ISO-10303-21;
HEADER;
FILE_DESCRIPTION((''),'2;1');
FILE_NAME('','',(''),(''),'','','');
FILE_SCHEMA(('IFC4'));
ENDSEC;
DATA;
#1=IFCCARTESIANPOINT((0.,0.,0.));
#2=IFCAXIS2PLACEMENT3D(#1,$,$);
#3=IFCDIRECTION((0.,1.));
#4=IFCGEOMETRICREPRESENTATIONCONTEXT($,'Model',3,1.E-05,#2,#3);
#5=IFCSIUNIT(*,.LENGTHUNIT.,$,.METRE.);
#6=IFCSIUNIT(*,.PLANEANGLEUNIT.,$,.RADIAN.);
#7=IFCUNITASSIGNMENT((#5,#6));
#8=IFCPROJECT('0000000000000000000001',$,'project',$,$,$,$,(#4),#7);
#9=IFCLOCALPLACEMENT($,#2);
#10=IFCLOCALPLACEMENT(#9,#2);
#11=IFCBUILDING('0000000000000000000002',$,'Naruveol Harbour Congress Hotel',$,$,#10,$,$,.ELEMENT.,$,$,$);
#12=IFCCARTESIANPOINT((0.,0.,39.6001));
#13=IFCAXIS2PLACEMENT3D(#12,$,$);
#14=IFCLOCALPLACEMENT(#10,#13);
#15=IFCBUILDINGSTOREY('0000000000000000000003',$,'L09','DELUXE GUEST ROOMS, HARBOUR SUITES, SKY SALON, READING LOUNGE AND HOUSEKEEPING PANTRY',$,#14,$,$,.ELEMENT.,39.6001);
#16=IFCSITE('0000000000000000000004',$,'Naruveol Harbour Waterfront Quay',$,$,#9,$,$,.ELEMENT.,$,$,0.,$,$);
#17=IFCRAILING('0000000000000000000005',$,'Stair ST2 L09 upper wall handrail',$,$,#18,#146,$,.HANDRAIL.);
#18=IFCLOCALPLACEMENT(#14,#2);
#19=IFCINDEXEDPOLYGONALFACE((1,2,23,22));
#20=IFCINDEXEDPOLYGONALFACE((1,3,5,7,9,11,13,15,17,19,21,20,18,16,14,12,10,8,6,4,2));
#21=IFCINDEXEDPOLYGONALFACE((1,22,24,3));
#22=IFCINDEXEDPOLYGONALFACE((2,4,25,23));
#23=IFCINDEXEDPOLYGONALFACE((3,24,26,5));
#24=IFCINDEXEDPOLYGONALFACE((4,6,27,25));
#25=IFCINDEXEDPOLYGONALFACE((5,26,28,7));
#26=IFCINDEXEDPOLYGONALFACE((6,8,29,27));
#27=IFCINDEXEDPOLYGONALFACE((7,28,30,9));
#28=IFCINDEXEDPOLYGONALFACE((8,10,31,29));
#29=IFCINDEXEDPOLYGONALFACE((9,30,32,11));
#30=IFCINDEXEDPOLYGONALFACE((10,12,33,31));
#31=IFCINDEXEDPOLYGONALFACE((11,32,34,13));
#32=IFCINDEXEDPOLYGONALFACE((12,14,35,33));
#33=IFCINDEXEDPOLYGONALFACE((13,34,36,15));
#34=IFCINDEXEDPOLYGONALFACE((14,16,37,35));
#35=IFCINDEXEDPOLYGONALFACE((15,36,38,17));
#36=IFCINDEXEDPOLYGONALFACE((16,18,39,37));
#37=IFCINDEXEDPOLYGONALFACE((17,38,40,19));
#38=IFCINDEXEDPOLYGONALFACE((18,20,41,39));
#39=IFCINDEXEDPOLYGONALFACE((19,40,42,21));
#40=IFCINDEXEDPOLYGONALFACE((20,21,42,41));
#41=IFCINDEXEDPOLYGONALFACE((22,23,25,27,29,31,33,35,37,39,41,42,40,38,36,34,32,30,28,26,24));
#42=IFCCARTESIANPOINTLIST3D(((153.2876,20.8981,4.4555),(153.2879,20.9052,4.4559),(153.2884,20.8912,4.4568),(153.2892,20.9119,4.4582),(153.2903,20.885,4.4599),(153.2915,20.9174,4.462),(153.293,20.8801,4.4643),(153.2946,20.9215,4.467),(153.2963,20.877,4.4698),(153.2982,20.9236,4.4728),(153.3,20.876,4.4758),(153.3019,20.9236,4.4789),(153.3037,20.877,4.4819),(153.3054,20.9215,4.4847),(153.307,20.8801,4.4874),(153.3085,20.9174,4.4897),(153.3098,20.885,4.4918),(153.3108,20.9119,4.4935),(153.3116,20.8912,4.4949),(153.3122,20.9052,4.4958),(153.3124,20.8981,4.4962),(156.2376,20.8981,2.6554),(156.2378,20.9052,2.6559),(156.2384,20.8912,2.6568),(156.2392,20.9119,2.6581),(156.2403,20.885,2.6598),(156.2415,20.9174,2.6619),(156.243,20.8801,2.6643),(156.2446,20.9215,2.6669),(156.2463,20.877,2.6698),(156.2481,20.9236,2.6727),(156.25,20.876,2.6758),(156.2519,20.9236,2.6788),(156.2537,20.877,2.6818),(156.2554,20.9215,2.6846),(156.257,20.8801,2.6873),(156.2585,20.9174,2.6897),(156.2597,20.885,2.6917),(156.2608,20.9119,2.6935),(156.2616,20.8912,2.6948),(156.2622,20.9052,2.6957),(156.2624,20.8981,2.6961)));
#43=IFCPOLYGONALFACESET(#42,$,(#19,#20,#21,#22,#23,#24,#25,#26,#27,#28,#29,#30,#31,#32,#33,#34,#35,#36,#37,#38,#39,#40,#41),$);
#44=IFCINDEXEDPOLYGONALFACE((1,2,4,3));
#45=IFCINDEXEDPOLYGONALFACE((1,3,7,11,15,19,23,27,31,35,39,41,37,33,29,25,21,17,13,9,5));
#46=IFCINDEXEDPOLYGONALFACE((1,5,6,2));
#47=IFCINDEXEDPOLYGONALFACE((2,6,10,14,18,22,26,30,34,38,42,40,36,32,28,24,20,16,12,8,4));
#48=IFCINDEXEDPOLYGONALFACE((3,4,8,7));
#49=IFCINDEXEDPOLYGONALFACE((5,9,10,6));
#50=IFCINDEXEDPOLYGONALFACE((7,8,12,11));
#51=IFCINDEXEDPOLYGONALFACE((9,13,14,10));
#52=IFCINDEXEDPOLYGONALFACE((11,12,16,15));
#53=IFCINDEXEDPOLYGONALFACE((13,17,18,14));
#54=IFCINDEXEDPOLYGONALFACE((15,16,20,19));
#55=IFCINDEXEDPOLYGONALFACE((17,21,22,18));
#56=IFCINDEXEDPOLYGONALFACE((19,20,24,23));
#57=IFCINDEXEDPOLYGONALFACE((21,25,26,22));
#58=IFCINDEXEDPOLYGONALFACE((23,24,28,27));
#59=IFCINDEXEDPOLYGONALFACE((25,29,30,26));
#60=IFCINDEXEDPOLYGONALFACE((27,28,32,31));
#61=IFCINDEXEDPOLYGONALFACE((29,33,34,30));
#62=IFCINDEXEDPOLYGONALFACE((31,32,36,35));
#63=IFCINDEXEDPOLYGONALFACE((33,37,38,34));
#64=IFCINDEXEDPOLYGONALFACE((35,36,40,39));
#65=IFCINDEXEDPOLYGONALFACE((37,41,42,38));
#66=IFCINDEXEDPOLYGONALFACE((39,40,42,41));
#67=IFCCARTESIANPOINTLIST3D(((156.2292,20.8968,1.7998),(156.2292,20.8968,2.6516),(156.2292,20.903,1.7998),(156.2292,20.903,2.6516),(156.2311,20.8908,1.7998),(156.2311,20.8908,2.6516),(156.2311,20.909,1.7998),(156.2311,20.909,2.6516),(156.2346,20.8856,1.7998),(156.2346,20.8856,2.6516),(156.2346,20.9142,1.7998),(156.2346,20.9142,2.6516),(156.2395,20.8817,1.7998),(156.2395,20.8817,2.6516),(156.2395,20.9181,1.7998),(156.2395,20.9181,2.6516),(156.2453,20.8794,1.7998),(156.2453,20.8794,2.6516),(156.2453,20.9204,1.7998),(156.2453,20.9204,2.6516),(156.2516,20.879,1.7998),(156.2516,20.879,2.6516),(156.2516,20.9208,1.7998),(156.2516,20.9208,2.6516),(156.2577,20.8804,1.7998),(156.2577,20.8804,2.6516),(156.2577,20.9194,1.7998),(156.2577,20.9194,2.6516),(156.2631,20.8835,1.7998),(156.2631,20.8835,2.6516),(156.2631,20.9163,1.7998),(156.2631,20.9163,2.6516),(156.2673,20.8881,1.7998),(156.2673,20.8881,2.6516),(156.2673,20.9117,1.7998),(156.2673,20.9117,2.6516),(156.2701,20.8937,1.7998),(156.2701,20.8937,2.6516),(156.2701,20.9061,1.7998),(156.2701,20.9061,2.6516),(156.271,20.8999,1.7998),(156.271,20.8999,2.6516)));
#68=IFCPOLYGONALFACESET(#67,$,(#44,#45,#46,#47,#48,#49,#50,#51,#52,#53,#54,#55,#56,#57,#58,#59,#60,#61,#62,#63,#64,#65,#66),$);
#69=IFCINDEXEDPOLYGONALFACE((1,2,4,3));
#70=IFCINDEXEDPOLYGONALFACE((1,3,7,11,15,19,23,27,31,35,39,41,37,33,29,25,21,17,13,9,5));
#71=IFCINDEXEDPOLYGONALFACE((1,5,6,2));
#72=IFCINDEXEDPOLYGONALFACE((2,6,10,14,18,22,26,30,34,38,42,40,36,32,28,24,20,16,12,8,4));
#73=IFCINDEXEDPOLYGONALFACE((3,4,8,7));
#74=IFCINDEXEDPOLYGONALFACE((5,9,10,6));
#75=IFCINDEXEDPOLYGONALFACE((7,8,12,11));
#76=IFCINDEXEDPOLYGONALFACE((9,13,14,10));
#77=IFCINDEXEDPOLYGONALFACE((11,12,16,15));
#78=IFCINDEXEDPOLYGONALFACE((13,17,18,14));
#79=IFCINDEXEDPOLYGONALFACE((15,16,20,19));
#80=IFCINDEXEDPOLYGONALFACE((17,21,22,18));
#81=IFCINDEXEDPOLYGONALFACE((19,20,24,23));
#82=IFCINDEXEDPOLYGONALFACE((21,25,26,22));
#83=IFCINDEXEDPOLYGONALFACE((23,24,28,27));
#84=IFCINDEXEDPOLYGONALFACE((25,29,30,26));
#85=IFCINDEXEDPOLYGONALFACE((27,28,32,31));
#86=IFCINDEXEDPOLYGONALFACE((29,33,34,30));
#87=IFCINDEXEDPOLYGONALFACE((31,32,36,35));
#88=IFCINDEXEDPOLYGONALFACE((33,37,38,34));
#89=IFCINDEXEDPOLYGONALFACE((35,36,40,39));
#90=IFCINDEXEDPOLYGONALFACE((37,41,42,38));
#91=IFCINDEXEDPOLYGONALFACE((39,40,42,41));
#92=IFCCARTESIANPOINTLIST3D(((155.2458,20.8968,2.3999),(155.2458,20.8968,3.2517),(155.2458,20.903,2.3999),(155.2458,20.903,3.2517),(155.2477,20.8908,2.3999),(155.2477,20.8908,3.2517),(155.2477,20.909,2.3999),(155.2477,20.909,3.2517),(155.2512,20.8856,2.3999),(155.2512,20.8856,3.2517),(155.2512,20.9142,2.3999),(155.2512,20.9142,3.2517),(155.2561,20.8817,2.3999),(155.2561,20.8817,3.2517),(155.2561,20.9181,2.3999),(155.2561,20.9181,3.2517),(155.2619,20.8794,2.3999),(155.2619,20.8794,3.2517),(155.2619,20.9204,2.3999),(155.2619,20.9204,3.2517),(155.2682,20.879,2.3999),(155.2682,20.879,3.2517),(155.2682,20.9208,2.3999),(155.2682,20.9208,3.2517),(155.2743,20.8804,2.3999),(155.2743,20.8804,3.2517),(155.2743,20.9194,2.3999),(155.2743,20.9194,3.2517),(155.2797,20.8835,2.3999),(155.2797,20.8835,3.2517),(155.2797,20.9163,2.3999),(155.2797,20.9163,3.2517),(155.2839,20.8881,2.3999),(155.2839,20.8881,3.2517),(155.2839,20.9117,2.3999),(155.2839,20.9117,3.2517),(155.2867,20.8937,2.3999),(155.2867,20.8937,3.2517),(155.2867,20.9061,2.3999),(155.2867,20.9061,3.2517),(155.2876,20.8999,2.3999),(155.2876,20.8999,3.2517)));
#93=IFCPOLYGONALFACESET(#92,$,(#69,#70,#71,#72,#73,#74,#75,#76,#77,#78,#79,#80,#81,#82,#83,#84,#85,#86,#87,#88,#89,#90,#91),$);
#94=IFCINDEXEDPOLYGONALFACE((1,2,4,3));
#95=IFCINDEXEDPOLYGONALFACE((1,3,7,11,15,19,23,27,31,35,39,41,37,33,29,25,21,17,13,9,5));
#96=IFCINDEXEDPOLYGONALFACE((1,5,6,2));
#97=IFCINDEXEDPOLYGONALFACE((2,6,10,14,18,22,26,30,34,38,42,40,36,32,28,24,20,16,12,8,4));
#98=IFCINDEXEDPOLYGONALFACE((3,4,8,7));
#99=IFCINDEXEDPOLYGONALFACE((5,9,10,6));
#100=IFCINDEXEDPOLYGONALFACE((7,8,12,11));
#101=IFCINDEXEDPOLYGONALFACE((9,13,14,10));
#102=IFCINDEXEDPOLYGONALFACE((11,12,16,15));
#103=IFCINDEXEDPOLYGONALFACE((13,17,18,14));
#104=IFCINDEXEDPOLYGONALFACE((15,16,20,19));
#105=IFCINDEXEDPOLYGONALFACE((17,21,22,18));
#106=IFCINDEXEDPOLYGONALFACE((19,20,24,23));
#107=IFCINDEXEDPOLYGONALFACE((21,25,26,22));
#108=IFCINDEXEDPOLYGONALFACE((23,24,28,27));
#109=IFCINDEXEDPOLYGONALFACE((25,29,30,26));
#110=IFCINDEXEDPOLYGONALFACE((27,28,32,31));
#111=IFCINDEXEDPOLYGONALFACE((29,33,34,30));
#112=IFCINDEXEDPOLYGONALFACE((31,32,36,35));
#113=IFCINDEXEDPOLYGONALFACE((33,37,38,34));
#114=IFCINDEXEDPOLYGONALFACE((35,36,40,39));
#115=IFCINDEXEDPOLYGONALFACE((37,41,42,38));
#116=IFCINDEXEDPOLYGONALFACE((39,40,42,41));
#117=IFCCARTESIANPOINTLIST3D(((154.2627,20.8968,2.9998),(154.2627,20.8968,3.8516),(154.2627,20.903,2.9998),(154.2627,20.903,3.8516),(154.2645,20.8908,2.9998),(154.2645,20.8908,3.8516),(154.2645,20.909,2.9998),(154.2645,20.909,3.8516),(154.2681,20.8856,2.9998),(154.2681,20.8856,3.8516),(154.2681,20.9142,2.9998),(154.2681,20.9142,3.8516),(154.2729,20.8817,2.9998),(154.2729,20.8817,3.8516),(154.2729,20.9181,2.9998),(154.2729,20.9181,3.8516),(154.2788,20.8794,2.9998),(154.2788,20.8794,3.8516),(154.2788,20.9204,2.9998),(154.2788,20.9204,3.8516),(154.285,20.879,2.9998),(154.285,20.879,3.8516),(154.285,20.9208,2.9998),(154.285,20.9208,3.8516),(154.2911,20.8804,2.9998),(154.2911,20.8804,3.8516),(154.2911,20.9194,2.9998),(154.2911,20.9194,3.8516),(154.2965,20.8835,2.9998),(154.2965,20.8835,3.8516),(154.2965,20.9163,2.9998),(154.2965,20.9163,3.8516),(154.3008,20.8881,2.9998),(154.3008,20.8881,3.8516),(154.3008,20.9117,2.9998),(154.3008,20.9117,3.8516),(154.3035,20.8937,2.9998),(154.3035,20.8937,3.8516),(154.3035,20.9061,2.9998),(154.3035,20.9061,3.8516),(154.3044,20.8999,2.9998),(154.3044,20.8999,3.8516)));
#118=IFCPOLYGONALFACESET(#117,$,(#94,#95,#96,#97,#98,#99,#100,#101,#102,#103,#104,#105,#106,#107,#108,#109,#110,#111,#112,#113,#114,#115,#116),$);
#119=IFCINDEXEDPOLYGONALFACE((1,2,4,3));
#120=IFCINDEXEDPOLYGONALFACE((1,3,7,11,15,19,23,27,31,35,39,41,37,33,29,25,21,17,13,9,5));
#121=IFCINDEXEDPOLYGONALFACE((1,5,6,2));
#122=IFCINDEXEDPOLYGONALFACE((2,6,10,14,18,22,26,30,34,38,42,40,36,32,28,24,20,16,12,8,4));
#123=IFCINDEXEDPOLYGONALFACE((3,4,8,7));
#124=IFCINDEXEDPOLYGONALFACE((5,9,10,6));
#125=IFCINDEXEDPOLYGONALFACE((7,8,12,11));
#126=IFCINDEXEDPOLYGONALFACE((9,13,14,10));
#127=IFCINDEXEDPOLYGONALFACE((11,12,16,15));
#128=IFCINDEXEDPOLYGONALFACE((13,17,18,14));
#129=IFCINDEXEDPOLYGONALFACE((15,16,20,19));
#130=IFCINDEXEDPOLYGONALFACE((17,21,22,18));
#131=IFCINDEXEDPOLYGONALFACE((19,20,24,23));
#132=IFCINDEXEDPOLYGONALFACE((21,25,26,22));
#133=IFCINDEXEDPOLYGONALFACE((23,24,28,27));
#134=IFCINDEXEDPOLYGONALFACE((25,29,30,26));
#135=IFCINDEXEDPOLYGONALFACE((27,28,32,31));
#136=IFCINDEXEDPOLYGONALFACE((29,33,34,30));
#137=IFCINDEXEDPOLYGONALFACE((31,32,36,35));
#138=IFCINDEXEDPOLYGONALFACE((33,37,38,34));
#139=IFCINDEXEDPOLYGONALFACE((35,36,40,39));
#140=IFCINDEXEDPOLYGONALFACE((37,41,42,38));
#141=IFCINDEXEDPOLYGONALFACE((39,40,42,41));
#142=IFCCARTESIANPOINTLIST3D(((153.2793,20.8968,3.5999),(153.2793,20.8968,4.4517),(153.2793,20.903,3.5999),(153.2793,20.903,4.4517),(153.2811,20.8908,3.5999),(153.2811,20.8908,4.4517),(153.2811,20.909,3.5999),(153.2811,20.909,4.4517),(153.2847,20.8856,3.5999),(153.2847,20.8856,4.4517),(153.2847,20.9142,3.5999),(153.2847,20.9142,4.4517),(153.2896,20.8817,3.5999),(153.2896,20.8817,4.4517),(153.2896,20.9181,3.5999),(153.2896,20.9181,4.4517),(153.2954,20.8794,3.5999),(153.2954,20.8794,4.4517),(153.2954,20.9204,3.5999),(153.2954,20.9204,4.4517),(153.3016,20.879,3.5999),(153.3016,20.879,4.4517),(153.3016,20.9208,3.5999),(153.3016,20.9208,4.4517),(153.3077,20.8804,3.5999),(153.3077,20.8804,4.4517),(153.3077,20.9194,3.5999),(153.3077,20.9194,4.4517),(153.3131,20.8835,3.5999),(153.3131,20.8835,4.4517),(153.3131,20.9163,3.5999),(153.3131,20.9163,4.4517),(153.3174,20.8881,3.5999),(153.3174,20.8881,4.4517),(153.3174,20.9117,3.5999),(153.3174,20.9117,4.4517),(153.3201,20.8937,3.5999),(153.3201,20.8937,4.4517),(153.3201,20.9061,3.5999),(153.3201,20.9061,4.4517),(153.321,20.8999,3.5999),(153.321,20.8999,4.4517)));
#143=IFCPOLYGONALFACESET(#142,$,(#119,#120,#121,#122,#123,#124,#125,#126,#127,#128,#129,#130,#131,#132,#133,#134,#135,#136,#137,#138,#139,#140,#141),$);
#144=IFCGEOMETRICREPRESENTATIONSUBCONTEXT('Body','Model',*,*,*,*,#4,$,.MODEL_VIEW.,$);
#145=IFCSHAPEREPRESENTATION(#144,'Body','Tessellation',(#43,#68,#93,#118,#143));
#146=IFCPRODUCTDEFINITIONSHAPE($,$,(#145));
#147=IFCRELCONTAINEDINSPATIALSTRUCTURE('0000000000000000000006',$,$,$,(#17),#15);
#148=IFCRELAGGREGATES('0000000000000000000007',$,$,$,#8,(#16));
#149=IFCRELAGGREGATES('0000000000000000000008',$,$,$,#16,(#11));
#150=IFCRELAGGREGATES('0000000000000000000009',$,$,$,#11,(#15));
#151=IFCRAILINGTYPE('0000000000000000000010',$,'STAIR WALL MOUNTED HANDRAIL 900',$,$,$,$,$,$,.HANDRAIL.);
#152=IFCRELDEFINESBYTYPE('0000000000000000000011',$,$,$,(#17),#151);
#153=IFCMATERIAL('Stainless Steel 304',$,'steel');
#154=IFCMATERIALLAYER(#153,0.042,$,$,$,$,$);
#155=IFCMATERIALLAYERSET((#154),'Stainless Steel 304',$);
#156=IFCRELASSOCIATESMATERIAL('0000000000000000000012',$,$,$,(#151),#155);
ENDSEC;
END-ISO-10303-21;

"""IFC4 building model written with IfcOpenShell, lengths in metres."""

from ifc_helpers import new_model, si_unit, direction, frame, origin, origin_2d, place, context, subcontext, project, spatial, circle, extrude, material, layer, layer_set, type_object, element, save


model = new_model("IFC4")

# Units and contexts
model_context = context("Model", 3, precision=1e-05, world=origin(), true_north=direction((0.0, 1.0)))
body_context = subcontext(model_context, "Body", "Model", "MODEL_VIEW")
ifc_project = project(units=[si_unit("LENGTHUNIT", "METRE"), si_unit("PLANEANGLEUNIT", "RADIAN")], contexts=[model_context])

# Site, building, storey
site_placement = place(None, origin())
site = spatial("IfcSite", under=ifc_project, at=site_placement, Name="Naruveol Harbour Waterfront Quay", CompositionType="ELEMENT", RefElevation=0.0)
building_placement = place(site_placement, origin())
building = spatial("IfcBuilding", under=site, at=building_placement, Name="Naruveol Harbour Congress Hotel", CompositionType="ELEMENT")
storey_placement = place(building_placement, frame((0.0, 0.0, 39.6001)))
storey = spatial("IfcBuildingStorey", under=building, at=storey_placement, Name="L09", Description="DELUXE GUEST ROOMS, HARBOUR SUITES, SKY SALON, READING LOUNGE AND HOUSEKEEPING PANTRY", CompositionType="ELEMENT", Elevation=39.6001)

# Railing
ifc_material_1 = material(Name="Stainless Steel 304", Category="steel")
ifc_layer_1 = layer(ifc_material_1, 0.042)
ifc_layer_set_1 = layer_set([ifc_layer_1], Name="Stainless Steel 304")
railing_type_1 = type_object("IfcRailingType", Name="STAIR WALL MOUNTED HANDRAIL 900", PredefinedType="HANDRAIL", material=ifc_layer_set_1)
railing_1_placement = place(storey_placement, frame((156.25, 20.8999, 1.7998)))
element("IfcRailing", 1, at=railing_1_placement, inside=storey, type_object=railing_type_1, Name="Stair ST2 L09 upper wall handrail", PredefinedType="HANDRAIL", context=body_context, shape_type="SweptSolid", body=[
    extrude(circle(Radius=0.0239, at=origin_2d()), frame((0.0, 0.0, 0.876), z_axis=(-0.853629, 0.0, 0.520881), x_axis=(0.0, -1.0, 0.0)), (0.0, 0.0, 1.0), 3.4558),
    extrude(circle(Radius=0.021, at=origin_2d()), origin(), (0.0, 0.0, 1.0), 0.8518),
    extrude(circle(Radius=0.021, at=origin_2d()), frame((-0.9834, 0.0, 0.6001)), (0.0, 0.0, 1.0), 0.8518),
    extrude(circle(Radius=0.021, at=origin_2d()), frame((-1.9666, 0.0, 1.2)), (0.0, 0.0, 1.0), 0.8518),
    extrude(circle(Radius=0.021, at=origin_2d()), frame((-2.95, 0.0, 1.8)), (0.0, 0.0, 1.0), 0.8518),
])

save(model, "model.ifc")
